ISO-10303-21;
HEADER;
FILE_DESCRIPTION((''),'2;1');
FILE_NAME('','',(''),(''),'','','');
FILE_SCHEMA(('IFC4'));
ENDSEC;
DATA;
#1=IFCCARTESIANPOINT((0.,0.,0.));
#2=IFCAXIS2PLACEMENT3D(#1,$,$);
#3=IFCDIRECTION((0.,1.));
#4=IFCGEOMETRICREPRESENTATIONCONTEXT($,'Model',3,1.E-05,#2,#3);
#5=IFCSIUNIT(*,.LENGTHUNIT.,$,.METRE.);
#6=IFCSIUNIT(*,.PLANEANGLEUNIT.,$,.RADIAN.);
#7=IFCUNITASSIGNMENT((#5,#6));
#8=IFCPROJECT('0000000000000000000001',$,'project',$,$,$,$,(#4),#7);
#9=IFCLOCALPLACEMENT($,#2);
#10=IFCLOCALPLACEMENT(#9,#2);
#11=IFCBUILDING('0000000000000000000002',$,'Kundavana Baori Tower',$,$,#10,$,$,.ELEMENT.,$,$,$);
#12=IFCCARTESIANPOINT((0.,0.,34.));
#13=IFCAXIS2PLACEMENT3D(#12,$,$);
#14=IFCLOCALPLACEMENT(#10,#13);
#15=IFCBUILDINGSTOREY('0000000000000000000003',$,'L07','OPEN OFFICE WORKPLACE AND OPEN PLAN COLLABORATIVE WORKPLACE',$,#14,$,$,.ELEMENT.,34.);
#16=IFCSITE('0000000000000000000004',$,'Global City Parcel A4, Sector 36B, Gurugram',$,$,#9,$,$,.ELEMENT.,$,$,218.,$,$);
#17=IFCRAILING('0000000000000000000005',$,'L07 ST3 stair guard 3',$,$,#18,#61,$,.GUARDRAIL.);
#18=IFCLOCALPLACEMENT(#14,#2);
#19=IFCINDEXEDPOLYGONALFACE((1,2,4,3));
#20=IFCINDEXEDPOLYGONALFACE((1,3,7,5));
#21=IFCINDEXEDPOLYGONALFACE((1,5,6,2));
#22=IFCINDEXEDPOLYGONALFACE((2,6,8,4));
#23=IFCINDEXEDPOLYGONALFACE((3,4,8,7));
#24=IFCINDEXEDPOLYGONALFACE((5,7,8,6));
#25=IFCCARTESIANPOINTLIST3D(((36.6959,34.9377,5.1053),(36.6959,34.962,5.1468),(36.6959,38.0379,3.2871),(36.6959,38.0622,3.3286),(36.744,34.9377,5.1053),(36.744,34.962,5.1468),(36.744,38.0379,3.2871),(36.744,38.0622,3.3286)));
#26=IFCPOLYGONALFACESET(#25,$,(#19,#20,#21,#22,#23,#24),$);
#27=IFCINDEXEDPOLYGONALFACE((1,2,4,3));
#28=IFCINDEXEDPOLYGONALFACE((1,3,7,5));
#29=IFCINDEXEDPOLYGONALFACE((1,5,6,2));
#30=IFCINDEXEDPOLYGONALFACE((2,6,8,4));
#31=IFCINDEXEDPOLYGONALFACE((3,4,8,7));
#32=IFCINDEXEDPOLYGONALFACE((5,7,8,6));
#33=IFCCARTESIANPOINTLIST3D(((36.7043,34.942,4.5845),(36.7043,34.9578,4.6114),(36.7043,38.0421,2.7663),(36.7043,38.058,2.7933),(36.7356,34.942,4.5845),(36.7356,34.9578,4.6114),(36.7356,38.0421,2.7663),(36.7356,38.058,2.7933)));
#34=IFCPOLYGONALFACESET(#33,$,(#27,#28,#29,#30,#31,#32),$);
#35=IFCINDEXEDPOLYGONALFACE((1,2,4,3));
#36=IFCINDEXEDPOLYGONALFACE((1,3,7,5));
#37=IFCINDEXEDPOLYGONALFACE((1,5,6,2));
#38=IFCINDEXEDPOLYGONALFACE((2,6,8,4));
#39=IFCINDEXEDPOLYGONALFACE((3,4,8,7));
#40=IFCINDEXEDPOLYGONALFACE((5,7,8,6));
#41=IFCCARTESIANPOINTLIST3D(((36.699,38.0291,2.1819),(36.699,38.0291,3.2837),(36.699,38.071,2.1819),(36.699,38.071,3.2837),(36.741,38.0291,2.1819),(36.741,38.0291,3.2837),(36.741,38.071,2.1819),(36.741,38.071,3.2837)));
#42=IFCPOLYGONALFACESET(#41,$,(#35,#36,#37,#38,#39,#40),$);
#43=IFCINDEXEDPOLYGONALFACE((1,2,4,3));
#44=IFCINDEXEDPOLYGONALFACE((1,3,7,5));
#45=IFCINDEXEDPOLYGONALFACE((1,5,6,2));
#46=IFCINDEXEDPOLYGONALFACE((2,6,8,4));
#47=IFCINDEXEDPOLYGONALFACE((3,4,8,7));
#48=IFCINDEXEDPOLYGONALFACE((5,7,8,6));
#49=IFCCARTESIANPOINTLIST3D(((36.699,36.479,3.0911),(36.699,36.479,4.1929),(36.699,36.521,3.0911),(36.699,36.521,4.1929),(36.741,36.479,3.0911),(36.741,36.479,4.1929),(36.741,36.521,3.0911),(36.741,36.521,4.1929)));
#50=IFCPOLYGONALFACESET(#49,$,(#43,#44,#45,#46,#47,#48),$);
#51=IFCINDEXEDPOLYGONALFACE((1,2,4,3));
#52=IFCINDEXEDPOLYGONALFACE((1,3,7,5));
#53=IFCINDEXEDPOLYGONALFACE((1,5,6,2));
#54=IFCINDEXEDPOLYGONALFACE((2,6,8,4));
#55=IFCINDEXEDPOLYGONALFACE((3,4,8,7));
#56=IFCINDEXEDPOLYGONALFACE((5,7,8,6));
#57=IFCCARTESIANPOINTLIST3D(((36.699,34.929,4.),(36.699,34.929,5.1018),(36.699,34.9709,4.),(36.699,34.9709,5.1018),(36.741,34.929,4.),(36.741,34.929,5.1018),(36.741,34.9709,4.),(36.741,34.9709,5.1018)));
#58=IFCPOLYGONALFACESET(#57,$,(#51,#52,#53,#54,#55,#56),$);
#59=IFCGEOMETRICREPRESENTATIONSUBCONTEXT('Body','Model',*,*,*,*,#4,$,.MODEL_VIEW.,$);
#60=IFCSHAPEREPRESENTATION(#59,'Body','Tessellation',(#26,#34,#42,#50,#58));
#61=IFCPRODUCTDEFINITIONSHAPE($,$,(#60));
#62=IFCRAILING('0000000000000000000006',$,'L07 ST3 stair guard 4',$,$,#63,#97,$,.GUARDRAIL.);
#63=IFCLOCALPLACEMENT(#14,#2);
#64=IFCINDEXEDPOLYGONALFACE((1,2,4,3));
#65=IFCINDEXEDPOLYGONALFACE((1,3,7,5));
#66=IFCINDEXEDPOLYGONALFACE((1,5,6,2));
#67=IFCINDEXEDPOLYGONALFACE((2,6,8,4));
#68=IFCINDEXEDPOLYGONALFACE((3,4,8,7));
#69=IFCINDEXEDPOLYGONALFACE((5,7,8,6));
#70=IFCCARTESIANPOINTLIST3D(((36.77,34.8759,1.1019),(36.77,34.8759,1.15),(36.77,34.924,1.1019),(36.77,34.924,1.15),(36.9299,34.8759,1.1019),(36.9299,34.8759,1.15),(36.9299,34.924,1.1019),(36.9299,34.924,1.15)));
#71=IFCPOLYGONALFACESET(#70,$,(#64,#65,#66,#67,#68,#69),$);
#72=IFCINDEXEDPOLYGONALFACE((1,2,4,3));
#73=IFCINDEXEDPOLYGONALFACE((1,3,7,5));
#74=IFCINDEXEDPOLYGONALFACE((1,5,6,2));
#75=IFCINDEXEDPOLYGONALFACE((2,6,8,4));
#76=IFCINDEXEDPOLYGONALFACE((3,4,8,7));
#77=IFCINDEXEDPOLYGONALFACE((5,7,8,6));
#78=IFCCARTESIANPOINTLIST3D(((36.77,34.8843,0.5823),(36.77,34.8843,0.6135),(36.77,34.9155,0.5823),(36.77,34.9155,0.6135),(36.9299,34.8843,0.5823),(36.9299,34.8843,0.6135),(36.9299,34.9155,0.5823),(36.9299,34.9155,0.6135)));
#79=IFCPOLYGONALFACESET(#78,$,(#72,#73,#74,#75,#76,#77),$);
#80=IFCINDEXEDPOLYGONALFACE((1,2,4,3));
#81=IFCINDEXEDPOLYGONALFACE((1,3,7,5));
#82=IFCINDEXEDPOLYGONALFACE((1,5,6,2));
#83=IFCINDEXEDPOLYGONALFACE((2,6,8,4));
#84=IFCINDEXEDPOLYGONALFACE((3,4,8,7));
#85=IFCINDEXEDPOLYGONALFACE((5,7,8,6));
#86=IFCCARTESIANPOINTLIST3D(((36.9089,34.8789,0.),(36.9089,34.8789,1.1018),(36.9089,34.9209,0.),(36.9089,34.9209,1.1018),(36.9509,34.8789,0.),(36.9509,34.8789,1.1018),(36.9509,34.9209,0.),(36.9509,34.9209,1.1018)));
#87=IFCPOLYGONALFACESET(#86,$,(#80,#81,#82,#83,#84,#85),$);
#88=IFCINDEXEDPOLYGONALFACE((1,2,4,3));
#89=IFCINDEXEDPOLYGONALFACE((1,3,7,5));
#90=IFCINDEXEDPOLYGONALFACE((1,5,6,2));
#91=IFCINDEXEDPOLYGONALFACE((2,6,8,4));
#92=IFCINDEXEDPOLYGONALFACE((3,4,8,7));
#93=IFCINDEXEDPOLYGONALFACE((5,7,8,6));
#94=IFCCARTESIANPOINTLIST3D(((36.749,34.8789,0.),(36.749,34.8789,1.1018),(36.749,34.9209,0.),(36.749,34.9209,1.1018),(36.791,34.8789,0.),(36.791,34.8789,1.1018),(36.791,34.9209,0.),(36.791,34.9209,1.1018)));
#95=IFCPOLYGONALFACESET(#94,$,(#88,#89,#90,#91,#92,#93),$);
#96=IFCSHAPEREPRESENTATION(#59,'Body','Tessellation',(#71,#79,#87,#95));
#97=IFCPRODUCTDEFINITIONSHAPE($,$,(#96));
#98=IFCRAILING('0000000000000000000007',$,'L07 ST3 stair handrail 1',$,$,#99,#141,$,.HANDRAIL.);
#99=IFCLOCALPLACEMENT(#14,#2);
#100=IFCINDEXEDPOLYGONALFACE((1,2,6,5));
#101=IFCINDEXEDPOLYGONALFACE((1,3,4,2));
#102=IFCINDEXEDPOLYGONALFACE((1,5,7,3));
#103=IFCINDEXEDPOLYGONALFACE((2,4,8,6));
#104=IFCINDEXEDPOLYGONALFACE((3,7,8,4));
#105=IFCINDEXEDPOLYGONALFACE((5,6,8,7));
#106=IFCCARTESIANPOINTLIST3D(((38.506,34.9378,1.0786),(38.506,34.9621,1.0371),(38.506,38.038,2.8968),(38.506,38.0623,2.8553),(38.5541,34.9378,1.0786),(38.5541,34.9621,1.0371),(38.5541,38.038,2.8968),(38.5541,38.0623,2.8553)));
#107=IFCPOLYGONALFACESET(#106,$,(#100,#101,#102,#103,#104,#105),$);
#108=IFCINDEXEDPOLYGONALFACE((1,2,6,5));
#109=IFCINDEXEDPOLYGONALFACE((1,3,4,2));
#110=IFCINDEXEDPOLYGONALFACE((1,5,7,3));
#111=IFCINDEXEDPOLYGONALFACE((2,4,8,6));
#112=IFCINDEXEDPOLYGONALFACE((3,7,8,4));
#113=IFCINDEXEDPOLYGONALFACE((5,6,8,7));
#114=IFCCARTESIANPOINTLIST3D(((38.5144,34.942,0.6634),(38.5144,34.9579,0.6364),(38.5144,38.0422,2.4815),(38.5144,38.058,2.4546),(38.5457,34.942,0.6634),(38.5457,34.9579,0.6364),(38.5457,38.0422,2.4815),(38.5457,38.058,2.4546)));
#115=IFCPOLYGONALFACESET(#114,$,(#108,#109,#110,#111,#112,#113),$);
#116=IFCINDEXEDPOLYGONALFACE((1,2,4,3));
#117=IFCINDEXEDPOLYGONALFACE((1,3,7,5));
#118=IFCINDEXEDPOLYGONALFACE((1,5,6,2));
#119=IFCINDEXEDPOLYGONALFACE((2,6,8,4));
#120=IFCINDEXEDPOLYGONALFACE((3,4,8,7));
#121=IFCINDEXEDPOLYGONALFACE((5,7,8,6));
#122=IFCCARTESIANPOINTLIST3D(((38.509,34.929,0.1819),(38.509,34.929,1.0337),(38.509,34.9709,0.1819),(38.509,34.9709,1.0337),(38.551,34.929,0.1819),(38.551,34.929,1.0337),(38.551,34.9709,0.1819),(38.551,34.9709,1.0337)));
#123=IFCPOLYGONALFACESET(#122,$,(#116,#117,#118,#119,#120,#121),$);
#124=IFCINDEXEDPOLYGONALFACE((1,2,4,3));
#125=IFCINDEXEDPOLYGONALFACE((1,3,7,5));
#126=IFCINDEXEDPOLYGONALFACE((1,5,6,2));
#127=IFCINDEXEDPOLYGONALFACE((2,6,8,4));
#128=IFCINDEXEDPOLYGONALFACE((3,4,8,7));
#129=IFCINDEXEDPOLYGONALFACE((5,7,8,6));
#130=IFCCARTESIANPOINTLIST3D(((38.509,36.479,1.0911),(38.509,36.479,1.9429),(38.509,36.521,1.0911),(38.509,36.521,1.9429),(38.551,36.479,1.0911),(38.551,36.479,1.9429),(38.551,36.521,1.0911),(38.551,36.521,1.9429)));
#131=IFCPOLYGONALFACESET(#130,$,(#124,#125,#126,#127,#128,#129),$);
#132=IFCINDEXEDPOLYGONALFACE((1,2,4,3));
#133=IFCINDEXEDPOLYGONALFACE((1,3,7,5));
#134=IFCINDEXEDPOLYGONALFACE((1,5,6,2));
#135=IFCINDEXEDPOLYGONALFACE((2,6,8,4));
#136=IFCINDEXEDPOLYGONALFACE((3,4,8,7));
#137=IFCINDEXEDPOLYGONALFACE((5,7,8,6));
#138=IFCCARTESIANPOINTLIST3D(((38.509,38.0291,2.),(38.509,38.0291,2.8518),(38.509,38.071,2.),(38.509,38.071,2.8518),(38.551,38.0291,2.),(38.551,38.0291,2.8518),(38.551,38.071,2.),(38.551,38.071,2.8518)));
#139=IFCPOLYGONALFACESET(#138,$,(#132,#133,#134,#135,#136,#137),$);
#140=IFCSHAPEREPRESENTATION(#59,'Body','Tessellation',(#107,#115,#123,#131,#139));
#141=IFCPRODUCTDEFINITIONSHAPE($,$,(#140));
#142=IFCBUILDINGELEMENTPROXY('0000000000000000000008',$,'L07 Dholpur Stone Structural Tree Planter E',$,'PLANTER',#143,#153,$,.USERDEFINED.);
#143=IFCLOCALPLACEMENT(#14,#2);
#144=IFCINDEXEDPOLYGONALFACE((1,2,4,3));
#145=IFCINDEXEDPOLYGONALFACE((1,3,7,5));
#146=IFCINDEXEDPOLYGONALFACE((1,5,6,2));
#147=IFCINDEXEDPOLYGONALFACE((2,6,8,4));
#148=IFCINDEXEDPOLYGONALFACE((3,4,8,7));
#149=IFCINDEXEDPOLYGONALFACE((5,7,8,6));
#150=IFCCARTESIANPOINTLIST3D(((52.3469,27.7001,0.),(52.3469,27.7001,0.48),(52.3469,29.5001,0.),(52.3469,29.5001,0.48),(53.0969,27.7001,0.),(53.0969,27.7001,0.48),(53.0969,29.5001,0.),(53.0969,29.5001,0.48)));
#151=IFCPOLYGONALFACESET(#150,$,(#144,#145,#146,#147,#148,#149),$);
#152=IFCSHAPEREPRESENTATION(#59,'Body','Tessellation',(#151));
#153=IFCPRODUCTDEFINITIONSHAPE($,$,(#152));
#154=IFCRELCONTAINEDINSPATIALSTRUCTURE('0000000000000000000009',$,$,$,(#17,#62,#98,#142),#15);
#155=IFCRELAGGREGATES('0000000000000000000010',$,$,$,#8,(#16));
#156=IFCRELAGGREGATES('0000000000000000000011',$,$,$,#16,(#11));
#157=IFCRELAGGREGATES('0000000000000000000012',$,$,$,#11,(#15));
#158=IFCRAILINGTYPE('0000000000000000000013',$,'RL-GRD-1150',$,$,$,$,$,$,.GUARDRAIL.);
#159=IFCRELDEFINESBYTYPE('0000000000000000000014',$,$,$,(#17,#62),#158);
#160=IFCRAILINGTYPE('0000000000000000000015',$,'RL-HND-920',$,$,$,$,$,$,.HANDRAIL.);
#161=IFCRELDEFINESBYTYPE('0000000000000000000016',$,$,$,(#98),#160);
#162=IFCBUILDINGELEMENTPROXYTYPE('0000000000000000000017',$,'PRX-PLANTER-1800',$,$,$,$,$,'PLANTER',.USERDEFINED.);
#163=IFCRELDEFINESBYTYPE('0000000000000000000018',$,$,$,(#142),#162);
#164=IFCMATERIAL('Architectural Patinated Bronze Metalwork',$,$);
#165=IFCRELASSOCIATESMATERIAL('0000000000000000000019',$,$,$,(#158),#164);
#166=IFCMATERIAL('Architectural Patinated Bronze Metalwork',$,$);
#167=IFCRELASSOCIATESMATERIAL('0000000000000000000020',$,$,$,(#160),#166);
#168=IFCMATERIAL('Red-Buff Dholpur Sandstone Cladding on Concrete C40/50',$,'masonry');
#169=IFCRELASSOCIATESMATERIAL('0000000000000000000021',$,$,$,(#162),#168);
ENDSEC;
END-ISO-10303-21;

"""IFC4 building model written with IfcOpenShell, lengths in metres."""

from ifc_helpers import new_model, si_unit, direction, frame, origin, origin_2d, place, context, subcontext, project, spatial, rectangle, extrude, material, type_object, element, save


model = new_model("IFC4")

# Units and contexts
model_context = context("Model", 3, precision=1e-05, world=origin(), true_north=direction((0.0, 1.0)))
body_context = subcontext(model_context, "Body", "Model", "MODEL_VIEW")
ifc_project = project(units=[si_unit("LENGTHUNIT", "METRE"), si_unit("PLANEANGLEUNIT", "RADIAN")], contexts=[model_context])

# Site, building, storey
site_placement = place(None, origin())
site = spatial("IfcSite", under=ifc_project, at=site_placement, Name="Global City Parcel A4, Sector 36B, Gurugram", CompositionType="ELEMENT", RefElevation=218.0)
building_placement = place(site_placement, origin())
building = spatial("IfcBuilding", under=site, at=building_placement, Name="Kundavana Baori Tower", CompositionType="ELEMENT")
storey_placement = place(building_placement, frame((0.0, 0.0, 34.0)))
storey = spatial("IfcBuildingStorey", under=building, at=storey_placement, Name="L07", Description="OPEN OFFICE WORKPLACE AND OPEN PLAN COLLABORATIVE WORKPLACE", CompositionType="ELEMENT", Elevation=34.0)

# Railings
ifc_material_1 = material(Name="Architectural Patinated Bronze Metalwork")
railing_type_1 = type_object("IfcRailingType", Name="RL-GRD-1150", PredefinedType="GUARDRAIL", material=ifc_material_1)
railing_1_placement = place(storey_placement, frame((36.72, 38.05, 2.1819)))
element("IfcRailing", 1, at=railing_1_placement, inside=storey, type_object=railing_type_1, Name="L07 ST3 stair guard 3", PredefinedType="GUARDRAIL", context=body_context, shape_type="SweptSolid", body=[
    extrude(rectangle(XDim=0.0481, YDim=0.0481, at=origin_2d()), frame((0.0, 0.0, 1.126), z_axis=(0.0, -0.862599, 0.505889), x_axis=(1.0, 0.0, 0.0)), (0.0, 0.0, 1.0), 3.594),
    extrude(rectangle(XDim=0.0312, YDim=0.0312, at=origin_2d()), frame((0.0, 0.0, 0.5979), z_axis=(0.0, -0.862599, 0.505889), x_axis=(1.0, 0.0, 0.0)), (0.0, 0.0, 1.0), 3.594),
    extrude(rectangle(XDim=0.042, YDim=0.042, at=origin_2d()), origin(), (0.0, 0.0, 1.0), 1.1018),
    extrude(rectangle(XDim=0.042, YDim=0.042, at=origin_2d()), frame((0.0, -1.55, 0.9092)), (0.0, 0.0, 1.0), 1.1018),
    extrude(rectangle(XDim=0.042, YDim=0.042, at=origin_2d()), frame((0.0, -3.1001, 1.8181)), (0.0, 0.0, 1.0), 1.1018),
])
railing_2_placement = place(storey_placement, frame((36.9299, 34.8999, 0.0)))
element("IfcRailing", 2, at=railing_2_placement, inside=storey, type_object=railing_type_1, Name="L07 ST3 stair guard 4", PredefinedType="GUARDRAIL", context=body_context, shape_type="SweptSolid", body=[
    extrude(rectangle(XDim=0.0481, YDim=0.0481, at=origin_2d()), frame((0.0, 0.0, 1.126), z_axis=(-1.0, 0.0, 0.0), x_axis=(0.0, -1.0, 0.0)), (0.0, 0.0, 1.0), 0.1599),
    extrude(rectangle(XDim=0.0312, YDim=0.0312, at=origin_2d()), frame((0.0, 0.0, 0.5979), z_axis=(-1.0, 0.0, 0.0), x_axis=(0.0, -1.0, 0.0)), (0.0, 0.0, 1.0), 0.1599),
    extrude(rectangle(XDim=0.042, YDim=0.042, at=origin_2d()), origin(), (0.0, 0.0, 1.0), 1.1018),
    extrude(rectangle(XDim=0.042, YDim=0.042, at=origin_2d()), frame((-0.1599, 0.0, 0.0)), (0.0, 0.0, 1.0), 1.1018),
])
ifc_material_2 = material(Name="Architectural Patinated Bronze Metalwork")
railing_type_2 = type_object("IfcRailingType", Name="RL-HND-920", PredefinedType="HANDRAIL", material=ifc_material_2)
railing_3_placement = place(storey_placement, frame((38.53, 34.95, 0.1819)))
element("IfcRailing", 3, at=railing_3_placement, inside=storey, type_object=railing_type_2, Name="L07 ST3 stair handrail 1", PredefinedType="HANDRAIL", context=body_context, shape_type="SweptSolid", body=[
    extrude(rectangle(XDim=0.0481, YDim=0.0481, at=origin_2d()), frame((0.0, 0.0, 0.876), z_axis=(0.0, 0.862599, 0.505889), x_axis=(-1.0, 0.0, 0.0)), (0.0, 0.0, 1.0), 3.594),
    extrude(rectangle(XDim=0.0312, YDim=0.0312, at=origin_2d()), frame((0.0, 0.0, 0.468), z_axis=(0.0, 0.862599, 0.505889), x_axis=(-1.0, 0.0, 0.0)), (0.0, 0.0, 1.0), 3.594),
    extrude(rectangle(XDim=0.042, YDim=0.042, at=origin_2d()), origin(), (0.0, 0.0, 1.0), 0.8518),
    extrude(rectangle(XDim=0.042, YDim=0.042, at=origin_2d()), frame((0.0, 1.55, 0.9092)), (0.0, 0.0, 1.0), 0.8518),
    extrude(rectangle(XDim=0.042, YDim=0.042, at=origin_2d()), frame((0.0, 3.1001, 1.8181)), (0.0, 0.0, 1.0), 0.8518),
])

# Building element proxy
ifc_material_3 = material(Name="Red-Buff Dholpur Sandstone Cladding on Concrete C40/50", Category="masonry")
building_element_proxy_type = type_object("IfcBuildingElementProxyType", Name="PRX-PLANTER-1800", ElementType="PLANTER", PredefinedType="USERDEFINED", material=ifc_material_3)
proxy_placement = place(storey_placement, frame((52.7219, 28.6001, 0.0), z_axis=(0.0, 0.0, 1.0), x_axis=(0.0, 1.0, 0.0)))
element("IfcBuildingElementProxy", 4, at=proxy_placement, inside=storey, type_object=building_element_proxy_type, Name="L07 Dholpur Stone Structural Tree Planter E", ObjectType="PLANTER", PredefinedType="USERDEFINED", context=body_context, shape_type="SweptSolid", body=[
    extrude(rectangle(XDim=1.8, YDim=0.75, at=origin_2d()), origin(), (0.0, 0.0, 1.0), 0.48),
])

save(model, "model.ifc")
